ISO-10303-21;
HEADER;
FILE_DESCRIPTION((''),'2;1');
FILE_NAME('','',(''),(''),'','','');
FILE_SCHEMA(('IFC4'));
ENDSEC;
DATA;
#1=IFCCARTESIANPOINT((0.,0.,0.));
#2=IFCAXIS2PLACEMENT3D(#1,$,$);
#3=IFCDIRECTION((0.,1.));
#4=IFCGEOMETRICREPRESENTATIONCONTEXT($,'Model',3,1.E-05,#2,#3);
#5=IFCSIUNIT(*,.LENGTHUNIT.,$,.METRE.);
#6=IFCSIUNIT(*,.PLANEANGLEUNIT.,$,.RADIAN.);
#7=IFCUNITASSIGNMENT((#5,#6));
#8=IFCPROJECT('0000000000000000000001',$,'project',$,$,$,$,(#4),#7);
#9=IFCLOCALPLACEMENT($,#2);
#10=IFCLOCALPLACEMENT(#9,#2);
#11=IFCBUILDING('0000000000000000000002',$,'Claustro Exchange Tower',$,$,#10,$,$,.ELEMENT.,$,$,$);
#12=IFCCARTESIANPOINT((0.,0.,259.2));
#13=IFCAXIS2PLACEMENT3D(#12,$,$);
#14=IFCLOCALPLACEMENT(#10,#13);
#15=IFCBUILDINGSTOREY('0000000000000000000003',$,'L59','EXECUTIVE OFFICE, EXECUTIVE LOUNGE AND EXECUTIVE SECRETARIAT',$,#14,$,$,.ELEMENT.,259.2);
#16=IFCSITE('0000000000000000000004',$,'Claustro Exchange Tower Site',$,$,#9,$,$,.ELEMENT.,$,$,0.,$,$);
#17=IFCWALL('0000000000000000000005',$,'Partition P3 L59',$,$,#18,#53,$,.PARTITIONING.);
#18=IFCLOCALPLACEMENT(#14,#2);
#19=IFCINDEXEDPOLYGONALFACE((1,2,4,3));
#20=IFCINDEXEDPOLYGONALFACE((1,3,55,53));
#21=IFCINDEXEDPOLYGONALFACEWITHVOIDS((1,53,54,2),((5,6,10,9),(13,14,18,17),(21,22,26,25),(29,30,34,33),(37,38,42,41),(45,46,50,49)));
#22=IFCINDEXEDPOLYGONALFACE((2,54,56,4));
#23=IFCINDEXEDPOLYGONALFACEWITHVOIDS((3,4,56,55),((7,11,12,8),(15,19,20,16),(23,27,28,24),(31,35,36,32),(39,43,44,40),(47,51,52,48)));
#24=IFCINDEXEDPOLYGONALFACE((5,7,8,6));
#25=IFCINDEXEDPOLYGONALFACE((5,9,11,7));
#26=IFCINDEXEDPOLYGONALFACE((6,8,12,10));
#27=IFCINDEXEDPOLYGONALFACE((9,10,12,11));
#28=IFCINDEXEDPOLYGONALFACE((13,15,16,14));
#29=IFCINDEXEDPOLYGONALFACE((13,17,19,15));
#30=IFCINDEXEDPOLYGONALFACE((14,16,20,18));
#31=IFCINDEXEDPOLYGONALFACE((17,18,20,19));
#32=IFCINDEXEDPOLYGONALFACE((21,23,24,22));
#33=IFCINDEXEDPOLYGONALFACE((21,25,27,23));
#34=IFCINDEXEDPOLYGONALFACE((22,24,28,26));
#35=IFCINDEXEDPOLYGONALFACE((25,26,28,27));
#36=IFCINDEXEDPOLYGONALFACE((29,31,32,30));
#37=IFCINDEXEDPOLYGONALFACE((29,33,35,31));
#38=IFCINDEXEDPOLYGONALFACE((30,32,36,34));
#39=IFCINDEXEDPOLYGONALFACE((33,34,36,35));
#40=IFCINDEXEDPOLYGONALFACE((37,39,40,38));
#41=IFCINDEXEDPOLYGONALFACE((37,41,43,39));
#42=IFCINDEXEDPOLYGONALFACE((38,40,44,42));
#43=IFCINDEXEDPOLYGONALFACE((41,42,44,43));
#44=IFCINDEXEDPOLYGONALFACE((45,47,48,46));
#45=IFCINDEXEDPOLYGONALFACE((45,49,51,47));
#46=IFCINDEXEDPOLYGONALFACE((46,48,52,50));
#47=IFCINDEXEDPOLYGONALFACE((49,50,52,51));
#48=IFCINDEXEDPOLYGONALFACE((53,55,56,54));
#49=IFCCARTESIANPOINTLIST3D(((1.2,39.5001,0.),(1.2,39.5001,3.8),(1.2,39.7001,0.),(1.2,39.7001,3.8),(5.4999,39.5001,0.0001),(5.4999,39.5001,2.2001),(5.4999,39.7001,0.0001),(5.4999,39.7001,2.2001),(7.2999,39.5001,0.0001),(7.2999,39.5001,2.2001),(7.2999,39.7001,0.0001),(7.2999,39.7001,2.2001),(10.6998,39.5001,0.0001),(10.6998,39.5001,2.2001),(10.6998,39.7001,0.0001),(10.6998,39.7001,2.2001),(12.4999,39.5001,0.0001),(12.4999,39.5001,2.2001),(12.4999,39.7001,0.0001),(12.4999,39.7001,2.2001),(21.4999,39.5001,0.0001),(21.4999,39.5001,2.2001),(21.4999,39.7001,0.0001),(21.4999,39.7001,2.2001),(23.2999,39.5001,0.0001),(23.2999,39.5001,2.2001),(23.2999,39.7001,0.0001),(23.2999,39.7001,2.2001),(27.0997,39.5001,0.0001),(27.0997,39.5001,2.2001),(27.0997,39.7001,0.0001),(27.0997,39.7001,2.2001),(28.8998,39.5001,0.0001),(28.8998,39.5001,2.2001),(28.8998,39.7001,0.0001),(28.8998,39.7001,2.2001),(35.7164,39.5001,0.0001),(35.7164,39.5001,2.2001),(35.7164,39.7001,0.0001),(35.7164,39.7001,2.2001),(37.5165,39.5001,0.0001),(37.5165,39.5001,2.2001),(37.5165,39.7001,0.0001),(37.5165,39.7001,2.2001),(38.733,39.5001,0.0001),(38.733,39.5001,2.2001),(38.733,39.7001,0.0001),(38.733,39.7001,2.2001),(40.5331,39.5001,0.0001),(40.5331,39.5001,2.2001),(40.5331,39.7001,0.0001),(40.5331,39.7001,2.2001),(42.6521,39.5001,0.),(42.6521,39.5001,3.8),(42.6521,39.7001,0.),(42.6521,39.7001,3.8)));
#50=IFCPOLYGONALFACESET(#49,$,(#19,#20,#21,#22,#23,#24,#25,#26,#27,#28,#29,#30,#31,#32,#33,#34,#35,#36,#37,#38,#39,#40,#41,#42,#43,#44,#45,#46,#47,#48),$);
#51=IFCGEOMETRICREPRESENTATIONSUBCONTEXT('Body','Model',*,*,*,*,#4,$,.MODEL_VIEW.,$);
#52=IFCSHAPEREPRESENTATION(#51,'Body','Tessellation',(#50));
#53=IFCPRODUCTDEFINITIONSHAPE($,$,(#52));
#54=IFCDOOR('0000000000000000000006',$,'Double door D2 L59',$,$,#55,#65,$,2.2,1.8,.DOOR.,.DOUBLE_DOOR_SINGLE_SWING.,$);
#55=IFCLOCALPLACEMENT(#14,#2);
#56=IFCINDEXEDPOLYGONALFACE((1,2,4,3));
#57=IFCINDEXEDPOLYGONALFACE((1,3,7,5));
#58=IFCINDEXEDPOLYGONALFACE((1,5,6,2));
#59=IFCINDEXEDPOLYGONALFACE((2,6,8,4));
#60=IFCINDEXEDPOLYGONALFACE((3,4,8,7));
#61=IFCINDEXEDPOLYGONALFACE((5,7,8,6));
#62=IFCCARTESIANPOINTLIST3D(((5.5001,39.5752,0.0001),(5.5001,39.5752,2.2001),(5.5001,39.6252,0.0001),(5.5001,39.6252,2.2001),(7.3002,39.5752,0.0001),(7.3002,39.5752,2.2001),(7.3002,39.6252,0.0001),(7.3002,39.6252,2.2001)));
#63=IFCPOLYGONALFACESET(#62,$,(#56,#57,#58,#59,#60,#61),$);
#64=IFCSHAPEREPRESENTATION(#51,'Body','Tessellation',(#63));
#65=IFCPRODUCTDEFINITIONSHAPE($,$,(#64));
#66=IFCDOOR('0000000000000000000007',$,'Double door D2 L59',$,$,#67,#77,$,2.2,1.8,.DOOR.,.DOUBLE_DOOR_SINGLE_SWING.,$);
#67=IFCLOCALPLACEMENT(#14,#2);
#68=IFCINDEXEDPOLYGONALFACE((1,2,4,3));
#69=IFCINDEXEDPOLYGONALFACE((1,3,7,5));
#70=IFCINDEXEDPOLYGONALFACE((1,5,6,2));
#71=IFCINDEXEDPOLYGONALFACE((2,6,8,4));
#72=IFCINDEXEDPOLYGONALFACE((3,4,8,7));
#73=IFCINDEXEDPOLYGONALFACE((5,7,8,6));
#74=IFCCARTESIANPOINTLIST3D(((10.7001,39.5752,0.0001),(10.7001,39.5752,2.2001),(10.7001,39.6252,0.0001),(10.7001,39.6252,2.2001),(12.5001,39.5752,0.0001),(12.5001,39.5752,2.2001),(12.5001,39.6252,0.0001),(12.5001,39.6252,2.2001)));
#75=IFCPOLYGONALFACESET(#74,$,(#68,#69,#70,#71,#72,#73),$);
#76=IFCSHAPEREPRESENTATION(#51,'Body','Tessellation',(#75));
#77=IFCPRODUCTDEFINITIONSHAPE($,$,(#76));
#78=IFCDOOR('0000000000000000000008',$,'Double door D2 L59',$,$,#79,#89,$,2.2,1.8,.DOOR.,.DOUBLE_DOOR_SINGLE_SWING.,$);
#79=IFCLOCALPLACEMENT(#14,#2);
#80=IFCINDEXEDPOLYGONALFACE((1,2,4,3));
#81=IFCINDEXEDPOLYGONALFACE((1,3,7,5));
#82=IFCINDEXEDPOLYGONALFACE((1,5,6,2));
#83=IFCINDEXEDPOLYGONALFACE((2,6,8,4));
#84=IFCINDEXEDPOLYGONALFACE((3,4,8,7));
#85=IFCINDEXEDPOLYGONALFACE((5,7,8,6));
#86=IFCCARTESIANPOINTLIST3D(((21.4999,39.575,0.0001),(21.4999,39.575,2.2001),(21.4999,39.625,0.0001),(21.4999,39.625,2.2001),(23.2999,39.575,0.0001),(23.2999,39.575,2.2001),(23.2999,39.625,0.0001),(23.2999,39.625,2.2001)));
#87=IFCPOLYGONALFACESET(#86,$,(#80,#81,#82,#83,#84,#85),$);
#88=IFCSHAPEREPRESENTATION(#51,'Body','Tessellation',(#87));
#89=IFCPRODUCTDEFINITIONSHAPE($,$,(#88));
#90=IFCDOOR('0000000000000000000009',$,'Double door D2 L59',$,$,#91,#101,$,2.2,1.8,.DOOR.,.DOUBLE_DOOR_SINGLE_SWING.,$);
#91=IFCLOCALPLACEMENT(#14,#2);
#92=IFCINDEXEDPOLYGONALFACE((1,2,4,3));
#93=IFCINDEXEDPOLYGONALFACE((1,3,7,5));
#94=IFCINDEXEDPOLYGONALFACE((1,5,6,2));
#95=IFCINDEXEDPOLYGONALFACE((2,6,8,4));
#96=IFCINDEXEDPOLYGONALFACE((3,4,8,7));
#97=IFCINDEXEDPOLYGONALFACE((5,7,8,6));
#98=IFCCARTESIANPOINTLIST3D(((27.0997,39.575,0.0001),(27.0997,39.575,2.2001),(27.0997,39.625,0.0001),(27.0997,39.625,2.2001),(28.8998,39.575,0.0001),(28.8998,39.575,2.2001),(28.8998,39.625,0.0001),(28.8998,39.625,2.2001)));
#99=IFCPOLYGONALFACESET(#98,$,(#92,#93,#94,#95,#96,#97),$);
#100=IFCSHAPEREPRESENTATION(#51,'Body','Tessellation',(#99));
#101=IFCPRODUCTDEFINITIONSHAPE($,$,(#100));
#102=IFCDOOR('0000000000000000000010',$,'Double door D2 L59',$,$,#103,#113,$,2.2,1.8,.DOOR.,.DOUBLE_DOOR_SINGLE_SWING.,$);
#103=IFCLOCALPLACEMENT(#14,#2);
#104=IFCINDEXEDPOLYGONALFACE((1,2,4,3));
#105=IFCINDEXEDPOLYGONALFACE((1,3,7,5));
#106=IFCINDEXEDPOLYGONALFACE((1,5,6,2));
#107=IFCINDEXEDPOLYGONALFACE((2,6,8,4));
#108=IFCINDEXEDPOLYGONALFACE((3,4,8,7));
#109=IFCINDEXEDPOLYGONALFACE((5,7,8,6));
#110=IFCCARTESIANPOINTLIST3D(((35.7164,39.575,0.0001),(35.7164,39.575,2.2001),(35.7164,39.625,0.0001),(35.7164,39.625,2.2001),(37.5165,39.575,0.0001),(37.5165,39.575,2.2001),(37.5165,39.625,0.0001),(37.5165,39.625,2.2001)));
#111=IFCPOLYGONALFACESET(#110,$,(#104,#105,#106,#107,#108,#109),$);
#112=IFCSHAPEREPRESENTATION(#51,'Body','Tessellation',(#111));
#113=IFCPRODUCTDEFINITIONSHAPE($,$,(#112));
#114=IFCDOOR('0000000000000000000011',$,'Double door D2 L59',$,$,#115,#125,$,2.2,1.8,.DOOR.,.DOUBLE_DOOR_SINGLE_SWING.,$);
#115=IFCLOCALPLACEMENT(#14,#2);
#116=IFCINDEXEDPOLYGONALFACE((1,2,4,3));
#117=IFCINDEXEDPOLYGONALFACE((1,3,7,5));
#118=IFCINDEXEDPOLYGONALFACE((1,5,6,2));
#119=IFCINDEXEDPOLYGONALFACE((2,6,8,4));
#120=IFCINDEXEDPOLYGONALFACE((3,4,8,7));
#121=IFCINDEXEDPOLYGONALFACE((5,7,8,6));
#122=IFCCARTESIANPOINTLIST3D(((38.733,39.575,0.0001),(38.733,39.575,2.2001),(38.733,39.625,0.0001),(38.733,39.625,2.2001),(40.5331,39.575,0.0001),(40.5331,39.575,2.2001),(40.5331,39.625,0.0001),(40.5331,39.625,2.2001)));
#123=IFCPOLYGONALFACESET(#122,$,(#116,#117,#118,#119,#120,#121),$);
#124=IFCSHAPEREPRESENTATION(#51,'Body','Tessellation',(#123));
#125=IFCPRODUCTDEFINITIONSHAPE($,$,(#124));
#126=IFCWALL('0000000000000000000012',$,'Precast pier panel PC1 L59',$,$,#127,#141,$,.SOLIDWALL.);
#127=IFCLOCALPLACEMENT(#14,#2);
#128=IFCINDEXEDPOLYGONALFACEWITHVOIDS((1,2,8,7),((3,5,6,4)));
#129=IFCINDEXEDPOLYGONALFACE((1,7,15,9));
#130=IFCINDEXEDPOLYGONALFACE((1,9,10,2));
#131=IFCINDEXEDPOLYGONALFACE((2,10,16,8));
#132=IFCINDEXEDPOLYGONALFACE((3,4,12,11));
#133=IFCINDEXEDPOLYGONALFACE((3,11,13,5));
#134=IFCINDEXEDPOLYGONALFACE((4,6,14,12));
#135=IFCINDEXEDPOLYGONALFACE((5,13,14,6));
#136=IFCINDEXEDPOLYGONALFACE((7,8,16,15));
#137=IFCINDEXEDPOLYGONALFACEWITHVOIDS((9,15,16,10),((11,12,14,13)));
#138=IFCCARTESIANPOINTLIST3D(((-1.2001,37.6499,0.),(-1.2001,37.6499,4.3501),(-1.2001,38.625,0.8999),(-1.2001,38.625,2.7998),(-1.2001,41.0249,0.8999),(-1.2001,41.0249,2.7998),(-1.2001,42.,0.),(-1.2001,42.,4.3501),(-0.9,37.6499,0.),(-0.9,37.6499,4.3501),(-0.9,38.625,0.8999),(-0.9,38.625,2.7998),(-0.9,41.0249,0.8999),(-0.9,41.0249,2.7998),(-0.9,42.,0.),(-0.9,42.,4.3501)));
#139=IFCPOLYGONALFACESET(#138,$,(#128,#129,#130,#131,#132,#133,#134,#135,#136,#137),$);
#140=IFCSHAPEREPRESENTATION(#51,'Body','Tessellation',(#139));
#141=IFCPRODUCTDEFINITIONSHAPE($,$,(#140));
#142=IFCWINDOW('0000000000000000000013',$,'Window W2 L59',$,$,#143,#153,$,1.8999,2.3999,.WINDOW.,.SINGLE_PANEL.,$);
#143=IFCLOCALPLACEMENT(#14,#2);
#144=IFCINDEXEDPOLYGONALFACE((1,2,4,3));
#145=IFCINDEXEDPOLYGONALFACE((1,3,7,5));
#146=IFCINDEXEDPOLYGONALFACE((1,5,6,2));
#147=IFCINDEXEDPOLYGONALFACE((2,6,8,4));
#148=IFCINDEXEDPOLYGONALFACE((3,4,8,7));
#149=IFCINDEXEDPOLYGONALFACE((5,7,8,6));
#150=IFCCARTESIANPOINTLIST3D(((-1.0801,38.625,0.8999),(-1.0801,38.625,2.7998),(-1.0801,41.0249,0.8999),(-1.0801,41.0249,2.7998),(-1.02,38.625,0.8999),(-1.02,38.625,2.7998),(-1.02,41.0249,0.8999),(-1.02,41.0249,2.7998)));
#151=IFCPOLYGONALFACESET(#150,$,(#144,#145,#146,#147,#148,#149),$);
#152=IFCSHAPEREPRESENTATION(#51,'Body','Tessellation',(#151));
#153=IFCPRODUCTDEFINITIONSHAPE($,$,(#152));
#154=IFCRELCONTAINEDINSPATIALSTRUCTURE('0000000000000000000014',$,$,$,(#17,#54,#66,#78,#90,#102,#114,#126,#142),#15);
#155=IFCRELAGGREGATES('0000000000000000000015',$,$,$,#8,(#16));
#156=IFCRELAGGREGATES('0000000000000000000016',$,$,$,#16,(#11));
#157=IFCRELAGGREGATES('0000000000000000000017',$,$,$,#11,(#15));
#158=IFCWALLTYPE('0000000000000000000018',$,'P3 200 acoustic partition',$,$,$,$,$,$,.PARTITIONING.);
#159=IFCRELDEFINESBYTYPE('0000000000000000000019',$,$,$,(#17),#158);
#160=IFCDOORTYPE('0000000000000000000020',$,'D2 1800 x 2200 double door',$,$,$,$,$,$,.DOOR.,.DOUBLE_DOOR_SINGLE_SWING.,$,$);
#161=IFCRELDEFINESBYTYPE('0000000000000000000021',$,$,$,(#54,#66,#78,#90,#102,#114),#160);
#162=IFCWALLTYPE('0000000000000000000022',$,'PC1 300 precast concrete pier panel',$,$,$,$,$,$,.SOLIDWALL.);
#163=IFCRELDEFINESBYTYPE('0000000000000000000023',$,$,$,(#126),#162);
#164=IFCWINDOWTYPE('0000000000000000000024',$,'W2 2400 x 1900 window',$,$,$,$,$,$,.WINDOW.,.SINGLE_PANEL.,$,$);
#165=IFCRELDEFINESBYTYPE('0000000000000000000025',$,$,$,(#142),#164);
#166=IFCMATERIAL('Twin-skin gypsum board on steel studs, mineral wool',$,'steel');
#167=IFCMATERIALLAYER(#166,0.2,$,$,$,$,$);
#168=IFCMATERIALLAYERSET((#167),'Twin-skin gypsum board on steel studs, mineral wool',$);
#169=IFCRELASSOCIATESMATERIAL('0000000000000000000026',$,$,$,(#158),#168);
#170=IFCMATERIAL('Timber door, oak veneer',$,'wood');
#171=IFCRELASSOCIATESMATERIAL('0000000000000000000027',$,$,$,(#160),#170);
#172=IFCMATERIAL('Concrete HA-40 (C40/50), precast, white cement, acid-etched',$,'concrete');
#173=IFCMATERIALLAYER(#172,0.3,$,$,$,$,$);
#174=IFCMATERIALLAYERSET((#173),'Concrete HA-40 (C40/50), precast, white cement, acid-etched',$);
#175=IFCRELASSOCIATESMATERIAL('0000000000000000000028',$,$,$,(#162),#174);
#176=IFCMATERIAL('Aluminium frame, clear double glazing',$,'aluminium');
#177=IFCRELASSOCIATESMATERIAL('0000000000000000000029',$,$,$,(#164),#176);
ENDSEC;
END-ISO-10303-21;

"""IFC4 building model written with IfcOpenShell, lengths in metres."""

from ifc_helpers import new_model, si_unit, direction, frame, frame_2d, origin, place, context, subcontext, project, spatial, rectangle, extrude, material, layer, layer_set, type_object, element, fill, save


model = new_model("IFC4")

# Units and contexts
model_context = context("Model", 3, precision=1e-05, world=origin(), true_north=direction((0.0, 1.0)))
body_context = subcontext(model_context, "Body", "Model", "MODEL_VIEW")
ifc_project = project(units=[si_unit("LENGTHUNIT", "METRE"), si_unit("PLANEANGLEUNIT", "RADIAN")], contexts=[model_context])

# Site, building, storey
site_placement = place(None, origin())
site = spatial("IfcSite", under=ifc_project, at=site_placement, Name="Claustro Exchange Tower Site", CompositionType="ELEMENT", RefElevation=0.0)
building_placement = place(site_placement, origin())
building = spatial("IfcBuilding", under=site, at=building_placement, Name="Claustro Exchange Tower", CompositionType="ELEMENT")
storey_placement = place(building_placement, frame((0.0, 0.0, 259.2)))
storey = spatial("IfcBuildingStorey", under=building, at=storey_placement, Name="L59", Description="EXECUTIVE OFFICE, EXECUTIVE LOUNGE AND EXECUTIVE SECRETARIAT", CompositionType="ELEMENT", Elevation=259.2)

# Wall, openings, doors
ifc_material_1 = material(Name="Twin-skin gypsum board on steel studs, mineral wool", Category="steel")
ifc_layer_1 = layer(ifc_material_1, 0.2)
ifc_layer_set_1 = layer_set([ifc_layer_1], Name="Twin-skin gypsum board on steel studs, mineral wool")
wall_type_1 = type_object("IfcWallType", Name="P3 200 acoustic partition", PredefinedType="PARTITIONING", material=ifc_layer_set_1)
wall_1_placement = place(storey_placement, frame((1.2, 39.6001, 0.0), z_axis=(0.0, 0.0, 1.0), x_axis=(1.0, 0.0, 0.0)))
wall_1 = element("IfcWall", 1, at=wall_1_placement, inside=storey, type_object=wall_type_1, Name="Partition P3 L59", PredefinedType="PARTITIONING", context=body_context, shape_type="SweptSolid", body=[
    extrude(rectangle(XDim=41.4521, YDim=0.2, at=frame_2d((20.7261, 0.0))), origin(), (0.0, 0.0, 1.0), 3.8),
])
opening_1_placement = place(wall_1_placement, frame((4.3, 0.0, 0.0)))
opening_1 = element("IfcOpeningElement", 2, at=opening_1_placement, cuts=wall_1, PredefinedType="OPENING", context=body_context, shape_type="SweptSolid", body=[
    extrude(rectangle(XDim=1.8, YDim=2.2, at=frame_2d((0.8999, 1.1001))), frame((0.0, 0.1099, 0.0), z_axis=(0.0, -1.0, 0.0), x_axis=(1.0, 0.0, 0.0)), (0.0, 0.0, 1.0), 0.22),
])
opening_2_placement = place(wall_1_placement, frame((9.5, 0.0, 0.0)))
opening_2 = element("IfcOpeningElement", 3, at=opening_2_placement, cuts=wall_1, PredefinedType="OPENING", context=body_context, shape_type="SweptSolid", body=[
    extrude(rectangle(XDim=1.8, YDim=2.2, at=frame_2d((0.8999, 1.1001))), frame((0.0, 0.1099, 0.0), z_axis=(0.0, -1.0, 0.0), x_axis=(1.0, 0.0, 0.0)), (0.0, 0.0, 1.0), 0.22),
])
opening_3_placement = place(wall_1_placement, frame((20.3, 0.0, 0.0)))
opening_3 = element("IfcOpeningElement", 4, at=opening_3_placement, cuts=wall_1, PredefinedType="OPENING", context=body_context, shape_type="SweptSolid", body=[
    extrude(rectangle(XDim=1.8, YDim=2.2, at=frame_2d((0.8999, 1.1001))), frame((0.0, 0.1099, 0.0), z_axis=(0.0, -1.0, 0.0), x_axis=(1.0, 0.0, 0.0)), (0.0, 0.0, 1.0), 0.22),
])
opening_4_placement = place(wall_1_placement, frame((25.8999, 0.0, 0.0)))
opening_4 = element("IfcOpeningElement", 5, at=opening_4_placement, cuts=wall_1, PredefinedType="OPENING", context=body_context, shape_type="SweptSolid", body=[
    extrude(rectangle(XDim=1.8, YDim=2.2, at=frame_2d((0.8999, 1.1001))), frame((0.0, 0.1099, 0.0), z_axis=(0.0, -1.0, 0.0), x_axis=(1.0, 0.0, 0.0)), (0.0, 0.0, 1.0), 0.22),
])
opening_5_placement = place(wall_1_placement, frame((34.5166, 0.0, 0.0)))
opening_5 = element("IfcOpeningElement", 6, at=opening_5_placement, cuts=wall_1, PredefinedType="OPENING", context=body_context, shape_type="SweptSolid", body=[
    extrude(rectangle(XDim=1.8, YDim=2.2, at=frame_2d((0.8999, 1.1001))), frame((0.0, 0.1099, 0.0), z_axis=(0.0, -1.0, 0.0), x_axis=(1.0, 0.0, 0.0)), (0.0, 0.0, 1.0), 0.22),
])
opening_6_placement = place(wall_1_placement, frame((37.5332, 0.0, 0.0)))
opening_6 = element("IfcOpeningElement", 7, at=opening_6_placement, cuts=wall_1, PredefinedType="OPENING", context=body_context, shape_type="SweptSolid", body=[
    extrude(rectangle(XDim=1.8, YDim=2.2, at=frame_2d((0.8999, 1.1001))), frame((0.0, 0.1099, 0.0), z_axis=(0.0, -1.0, 0.0), x_axis=(1.0, 0.0, 0.0)), (0.0, 0.0, 1.0), 0.22),
])
ifc_material_2 = material(Name="Timber door, oak veneer", Category="wood")
door_type_1 = type_object("IfcDoorType", Name="D2 1800 x 2200 double door", OperationType="DOUBLE_DOOR_SINGLE_SWING", PredefinedType="DOOR", material=ifc_material_2)
door_1_placement = place(opening_1_placement, frame((1.8, 0.0, 0.0), z_axis=(0.0, 0.0, 1.0), x_axis=(-1.0, 0.0, 0.0)))
door_1 = element("IfcDoor", 8, at=door_1_placement, inside=storey, type_object=door_type_1, Name="Double door D2 L59", OperationType="DOUBLE_DOOR_SINGLE_SWING", OverallHeight=2.2, OverallWidth=1.8, PredefinedType="DOOR", context=body_context, shape_type="SweptSolid", body=[
    extrude(rectangle(XDim=1.8, YDim=2.2, at=frame_2d((0.8999, 1.1001))), frame((0.0, 0.0249, 0.0), z_axis=(0.0, -1.0, 0.0), x_axis=(1.0, 0.0, 0.0)), (0.0, 0.0, 1.0), 0.05),
])
fill(opening_1, door_1)
door_2_placement = place(opening_2_placement, frame((1.8, 0.0, 0.0), z_axis=(0.0, 0.0, 1.0), x_axis=(-1.0, 0.0, 0.0)))
door_2 = element("IfcDoor", 9, at=door_2_placement, inside=storey, type_object=door_type_1, Name="Double door D2 L59", OperationType="DOUBLE_DOOR_SINGLE_SWING", OverallHeight=2.2, OverallWidth=1.8, PredefinedType="DOOR", context=body_context, shape_type="SweptSolid", body=[
    extrude(rectangle(XDim=1.8, YDim=2.2, at=frame_2d((0.8999, 1.1001))), frame((0.0, 0.0249, 0.0), z_axis=(0.0, -1.0, 0.0), x_axis=(1.0, 0.0, 0.0)), (0.0, 0.0, 1.0), 0.05),
])
fill(opening_2, door_2)
door_3_placement = place(opening_3_placement, origin())
door_3 = element("IfcDoor", 10, at=door_3_placement, inside=storey, type_object=door_type_1, Name="Double door D2 L59", OperationType="DOUBLE_DOOR_SINGLE_SWING", OverallHeight=2.2, OverallWidth=1.8, PredefinedType="DOOR", context=body_context, shape_type="SweptSolid", body=[
    extrude(rectangle(XDim=1.8, YDim=2.2, at=frame_2d((0.8999, 1.1001))), frame((0.0, 0.0249, 0.0), z_axis=(0.0, -1.0, 0.0), x_axis=(1.0, 0.0, 0.0)), (0.0, 0.0, 1.0), 0.05),
])
fill(opening_3, door_3)
door_4_placement = place(opening_4_placement, origin())
door_4 = element("IfcDoor", 11, at=door_4_placement, inside=storey, type_object=door_type_1, Name="Double door D2 L59", OperationType="DOUBLE_DOOR_SINGLE_SWING", OverallHeight=2.2, OverallWidth=1.8, PredefinedType="DOOR", context=body_context, shape_type="SweptSolid", body=[
    extrude(rectangle(XDim=1.8, YDim=2.2, at=frame_2d((0.8999, 1.1001))), frame((0.0, 0.0249, 0.0), z_axis=(0.0, -1.0, 0.0), x_axis=(1.0, 0.0, 0.0)), (0.0, 0.0, 1.0), 0.05),
])
fill(opening_4, door_4)
door_5_placement = place(opening_5_placement, origin())
door_5 = element("IfcDoor", 12, at=door_5_placement, inside=storey, type_object=door_type_1, Name="Double door D2 L59", OperationType="DOUBLE_DOOR_SINGLE_SWING", OverallHeight=2.2, OverallWidth=1.8, PredefinedType="DOOR", context=body_context, shape_type="SweptSolid", body=[
    extrude(rectangle(XDim=1.8, YDim=2.2, at=frame_2d((0.8999, 1.1001))), frame((0.0, 0.0249, 0.0), z_axis=(0.0, -1.0, 0.0), x_axis=(1.0, 0.0, 0.0)), (0.0, 0.0, 1.0), 0.05),
])
fill(opening_5, door_5)
door_6_placement = place(opening_6_placement, origin())
door_6 = element("IfcDoor", 13, at=door_6_placement, inside=storey, type_object=door_type_1, Name="Double door D2 L59", OperationType="DOUBLE_DOOR_SINGLE_SWING", OverallHeight=2.2, OverallWidth=1.8, PredefinedType="DOOR", context=body_context, shape_type="SweptSolid", body=[
    extrude(rectangle(XDim=1.8, YDim=2.2, at=frame_2d((0.8999, 1.1001))), frame((0.0, 0.0249, 0.0), z_axis=(0.0, -1.0, 0.0), x_axis=(1.0, 0.0, 0.0)), (0.0, 0.0, 1.0), 0.05),
])
fill(opening_6, door_6)

# Wall, opening, window
ifc_material_3 = material(Name="Concrete HA-40 (C40/50), precast, white cement, acid-etched", Category="concrete")
ifc_layer_2 = layer(ifc_material_3, 0.3)
ifc_layer_set_2 = layer_set([ifc_layer_2], Name="Concrete HA-40 (C40/50), precast, white cement, acid-etched")
wall_type_2 = type_object("IfcWallType", Name="PC1 300 precast concrete pier panel", PredefinedType="SOLIDWALL", material=ifc_layer_set_2)
wall_2_placement = place(storey_placement, frame((-1.05, 37.6499, 0.0), z_axis=(0.0, 0.0, 1.0), x_axis=(0.0, 1.0, 0.0)))
wall_2 = element("IfcWall", 14, at=wall_2_placement, inside=storey, type_object=wall_type_2, Name="Precast pier panel PC1 L59", PredefinedType="SOLIDWALL", context=body_context, shape_type="SweptSolid", body=[
    extrude(rectangle(XDim=4.3501, YDim=0.3, at=frame_2d((2.175, 0.0))), origin(), (0.0, 0.0, 1.0), 4.3501),
])
opening_7_placement = place(wall_2_placement, frame((0.9751, 0.0, 0.8999)))
opening_7 = element("IfcOpeningElement", 15, at=opening_7_placement, cuts=wall_2, PredefinedType="OPENING", context=body_context, shape_type="SweptSolid", body=[
    extrude(rectangle(XDim=2.3999, YDim=1.8999, at=frame_2d((1.2, 0.95))), frame((0.0, 0.1599, 0.0), z_axis=(0.0, -1.0, 0.0), x_axis=(1.0, 0.0, 0.0)), (0.0, 0.0, 1.0), 0.3201),
])
ifc_material_4 = material(Name="Aluminium frame, clear double glazing", Category="aluminium")
window_type = type_object("IfcWindowType", Name="W2 2400 x 1900 window", PartitioningType="SINGLE_PANEL", PredefinedType="WINDOW", material=ifc_material_4)
window_placement = place(opening_7_placement, origin())
window = element("IfcWindow", 16, at=window_placement, inside=storey, type_object=window_type, Name="Window W2 L59", OverallHeight=1.8999, OverallWidth=2.3999, PartitioningType="SINGLE_PANEL", PredefinedType="WINDOW", context=body_context, shape_type="SweptSolid", body=[
    extrude(rectangle(XDim=2.3999, YDim=1.8999, at=frame_2d((1.2, 0.95))), frame((0.0, 0.03, 0.0), z_axis=(0.0, -1.0, 0.0), x_axis=(1.0, 0.0, 0.0)), (0.0, 0.0, 1.0), 0.0601),
])
fill(opening_7, window)

save(model, "model.ifc")
